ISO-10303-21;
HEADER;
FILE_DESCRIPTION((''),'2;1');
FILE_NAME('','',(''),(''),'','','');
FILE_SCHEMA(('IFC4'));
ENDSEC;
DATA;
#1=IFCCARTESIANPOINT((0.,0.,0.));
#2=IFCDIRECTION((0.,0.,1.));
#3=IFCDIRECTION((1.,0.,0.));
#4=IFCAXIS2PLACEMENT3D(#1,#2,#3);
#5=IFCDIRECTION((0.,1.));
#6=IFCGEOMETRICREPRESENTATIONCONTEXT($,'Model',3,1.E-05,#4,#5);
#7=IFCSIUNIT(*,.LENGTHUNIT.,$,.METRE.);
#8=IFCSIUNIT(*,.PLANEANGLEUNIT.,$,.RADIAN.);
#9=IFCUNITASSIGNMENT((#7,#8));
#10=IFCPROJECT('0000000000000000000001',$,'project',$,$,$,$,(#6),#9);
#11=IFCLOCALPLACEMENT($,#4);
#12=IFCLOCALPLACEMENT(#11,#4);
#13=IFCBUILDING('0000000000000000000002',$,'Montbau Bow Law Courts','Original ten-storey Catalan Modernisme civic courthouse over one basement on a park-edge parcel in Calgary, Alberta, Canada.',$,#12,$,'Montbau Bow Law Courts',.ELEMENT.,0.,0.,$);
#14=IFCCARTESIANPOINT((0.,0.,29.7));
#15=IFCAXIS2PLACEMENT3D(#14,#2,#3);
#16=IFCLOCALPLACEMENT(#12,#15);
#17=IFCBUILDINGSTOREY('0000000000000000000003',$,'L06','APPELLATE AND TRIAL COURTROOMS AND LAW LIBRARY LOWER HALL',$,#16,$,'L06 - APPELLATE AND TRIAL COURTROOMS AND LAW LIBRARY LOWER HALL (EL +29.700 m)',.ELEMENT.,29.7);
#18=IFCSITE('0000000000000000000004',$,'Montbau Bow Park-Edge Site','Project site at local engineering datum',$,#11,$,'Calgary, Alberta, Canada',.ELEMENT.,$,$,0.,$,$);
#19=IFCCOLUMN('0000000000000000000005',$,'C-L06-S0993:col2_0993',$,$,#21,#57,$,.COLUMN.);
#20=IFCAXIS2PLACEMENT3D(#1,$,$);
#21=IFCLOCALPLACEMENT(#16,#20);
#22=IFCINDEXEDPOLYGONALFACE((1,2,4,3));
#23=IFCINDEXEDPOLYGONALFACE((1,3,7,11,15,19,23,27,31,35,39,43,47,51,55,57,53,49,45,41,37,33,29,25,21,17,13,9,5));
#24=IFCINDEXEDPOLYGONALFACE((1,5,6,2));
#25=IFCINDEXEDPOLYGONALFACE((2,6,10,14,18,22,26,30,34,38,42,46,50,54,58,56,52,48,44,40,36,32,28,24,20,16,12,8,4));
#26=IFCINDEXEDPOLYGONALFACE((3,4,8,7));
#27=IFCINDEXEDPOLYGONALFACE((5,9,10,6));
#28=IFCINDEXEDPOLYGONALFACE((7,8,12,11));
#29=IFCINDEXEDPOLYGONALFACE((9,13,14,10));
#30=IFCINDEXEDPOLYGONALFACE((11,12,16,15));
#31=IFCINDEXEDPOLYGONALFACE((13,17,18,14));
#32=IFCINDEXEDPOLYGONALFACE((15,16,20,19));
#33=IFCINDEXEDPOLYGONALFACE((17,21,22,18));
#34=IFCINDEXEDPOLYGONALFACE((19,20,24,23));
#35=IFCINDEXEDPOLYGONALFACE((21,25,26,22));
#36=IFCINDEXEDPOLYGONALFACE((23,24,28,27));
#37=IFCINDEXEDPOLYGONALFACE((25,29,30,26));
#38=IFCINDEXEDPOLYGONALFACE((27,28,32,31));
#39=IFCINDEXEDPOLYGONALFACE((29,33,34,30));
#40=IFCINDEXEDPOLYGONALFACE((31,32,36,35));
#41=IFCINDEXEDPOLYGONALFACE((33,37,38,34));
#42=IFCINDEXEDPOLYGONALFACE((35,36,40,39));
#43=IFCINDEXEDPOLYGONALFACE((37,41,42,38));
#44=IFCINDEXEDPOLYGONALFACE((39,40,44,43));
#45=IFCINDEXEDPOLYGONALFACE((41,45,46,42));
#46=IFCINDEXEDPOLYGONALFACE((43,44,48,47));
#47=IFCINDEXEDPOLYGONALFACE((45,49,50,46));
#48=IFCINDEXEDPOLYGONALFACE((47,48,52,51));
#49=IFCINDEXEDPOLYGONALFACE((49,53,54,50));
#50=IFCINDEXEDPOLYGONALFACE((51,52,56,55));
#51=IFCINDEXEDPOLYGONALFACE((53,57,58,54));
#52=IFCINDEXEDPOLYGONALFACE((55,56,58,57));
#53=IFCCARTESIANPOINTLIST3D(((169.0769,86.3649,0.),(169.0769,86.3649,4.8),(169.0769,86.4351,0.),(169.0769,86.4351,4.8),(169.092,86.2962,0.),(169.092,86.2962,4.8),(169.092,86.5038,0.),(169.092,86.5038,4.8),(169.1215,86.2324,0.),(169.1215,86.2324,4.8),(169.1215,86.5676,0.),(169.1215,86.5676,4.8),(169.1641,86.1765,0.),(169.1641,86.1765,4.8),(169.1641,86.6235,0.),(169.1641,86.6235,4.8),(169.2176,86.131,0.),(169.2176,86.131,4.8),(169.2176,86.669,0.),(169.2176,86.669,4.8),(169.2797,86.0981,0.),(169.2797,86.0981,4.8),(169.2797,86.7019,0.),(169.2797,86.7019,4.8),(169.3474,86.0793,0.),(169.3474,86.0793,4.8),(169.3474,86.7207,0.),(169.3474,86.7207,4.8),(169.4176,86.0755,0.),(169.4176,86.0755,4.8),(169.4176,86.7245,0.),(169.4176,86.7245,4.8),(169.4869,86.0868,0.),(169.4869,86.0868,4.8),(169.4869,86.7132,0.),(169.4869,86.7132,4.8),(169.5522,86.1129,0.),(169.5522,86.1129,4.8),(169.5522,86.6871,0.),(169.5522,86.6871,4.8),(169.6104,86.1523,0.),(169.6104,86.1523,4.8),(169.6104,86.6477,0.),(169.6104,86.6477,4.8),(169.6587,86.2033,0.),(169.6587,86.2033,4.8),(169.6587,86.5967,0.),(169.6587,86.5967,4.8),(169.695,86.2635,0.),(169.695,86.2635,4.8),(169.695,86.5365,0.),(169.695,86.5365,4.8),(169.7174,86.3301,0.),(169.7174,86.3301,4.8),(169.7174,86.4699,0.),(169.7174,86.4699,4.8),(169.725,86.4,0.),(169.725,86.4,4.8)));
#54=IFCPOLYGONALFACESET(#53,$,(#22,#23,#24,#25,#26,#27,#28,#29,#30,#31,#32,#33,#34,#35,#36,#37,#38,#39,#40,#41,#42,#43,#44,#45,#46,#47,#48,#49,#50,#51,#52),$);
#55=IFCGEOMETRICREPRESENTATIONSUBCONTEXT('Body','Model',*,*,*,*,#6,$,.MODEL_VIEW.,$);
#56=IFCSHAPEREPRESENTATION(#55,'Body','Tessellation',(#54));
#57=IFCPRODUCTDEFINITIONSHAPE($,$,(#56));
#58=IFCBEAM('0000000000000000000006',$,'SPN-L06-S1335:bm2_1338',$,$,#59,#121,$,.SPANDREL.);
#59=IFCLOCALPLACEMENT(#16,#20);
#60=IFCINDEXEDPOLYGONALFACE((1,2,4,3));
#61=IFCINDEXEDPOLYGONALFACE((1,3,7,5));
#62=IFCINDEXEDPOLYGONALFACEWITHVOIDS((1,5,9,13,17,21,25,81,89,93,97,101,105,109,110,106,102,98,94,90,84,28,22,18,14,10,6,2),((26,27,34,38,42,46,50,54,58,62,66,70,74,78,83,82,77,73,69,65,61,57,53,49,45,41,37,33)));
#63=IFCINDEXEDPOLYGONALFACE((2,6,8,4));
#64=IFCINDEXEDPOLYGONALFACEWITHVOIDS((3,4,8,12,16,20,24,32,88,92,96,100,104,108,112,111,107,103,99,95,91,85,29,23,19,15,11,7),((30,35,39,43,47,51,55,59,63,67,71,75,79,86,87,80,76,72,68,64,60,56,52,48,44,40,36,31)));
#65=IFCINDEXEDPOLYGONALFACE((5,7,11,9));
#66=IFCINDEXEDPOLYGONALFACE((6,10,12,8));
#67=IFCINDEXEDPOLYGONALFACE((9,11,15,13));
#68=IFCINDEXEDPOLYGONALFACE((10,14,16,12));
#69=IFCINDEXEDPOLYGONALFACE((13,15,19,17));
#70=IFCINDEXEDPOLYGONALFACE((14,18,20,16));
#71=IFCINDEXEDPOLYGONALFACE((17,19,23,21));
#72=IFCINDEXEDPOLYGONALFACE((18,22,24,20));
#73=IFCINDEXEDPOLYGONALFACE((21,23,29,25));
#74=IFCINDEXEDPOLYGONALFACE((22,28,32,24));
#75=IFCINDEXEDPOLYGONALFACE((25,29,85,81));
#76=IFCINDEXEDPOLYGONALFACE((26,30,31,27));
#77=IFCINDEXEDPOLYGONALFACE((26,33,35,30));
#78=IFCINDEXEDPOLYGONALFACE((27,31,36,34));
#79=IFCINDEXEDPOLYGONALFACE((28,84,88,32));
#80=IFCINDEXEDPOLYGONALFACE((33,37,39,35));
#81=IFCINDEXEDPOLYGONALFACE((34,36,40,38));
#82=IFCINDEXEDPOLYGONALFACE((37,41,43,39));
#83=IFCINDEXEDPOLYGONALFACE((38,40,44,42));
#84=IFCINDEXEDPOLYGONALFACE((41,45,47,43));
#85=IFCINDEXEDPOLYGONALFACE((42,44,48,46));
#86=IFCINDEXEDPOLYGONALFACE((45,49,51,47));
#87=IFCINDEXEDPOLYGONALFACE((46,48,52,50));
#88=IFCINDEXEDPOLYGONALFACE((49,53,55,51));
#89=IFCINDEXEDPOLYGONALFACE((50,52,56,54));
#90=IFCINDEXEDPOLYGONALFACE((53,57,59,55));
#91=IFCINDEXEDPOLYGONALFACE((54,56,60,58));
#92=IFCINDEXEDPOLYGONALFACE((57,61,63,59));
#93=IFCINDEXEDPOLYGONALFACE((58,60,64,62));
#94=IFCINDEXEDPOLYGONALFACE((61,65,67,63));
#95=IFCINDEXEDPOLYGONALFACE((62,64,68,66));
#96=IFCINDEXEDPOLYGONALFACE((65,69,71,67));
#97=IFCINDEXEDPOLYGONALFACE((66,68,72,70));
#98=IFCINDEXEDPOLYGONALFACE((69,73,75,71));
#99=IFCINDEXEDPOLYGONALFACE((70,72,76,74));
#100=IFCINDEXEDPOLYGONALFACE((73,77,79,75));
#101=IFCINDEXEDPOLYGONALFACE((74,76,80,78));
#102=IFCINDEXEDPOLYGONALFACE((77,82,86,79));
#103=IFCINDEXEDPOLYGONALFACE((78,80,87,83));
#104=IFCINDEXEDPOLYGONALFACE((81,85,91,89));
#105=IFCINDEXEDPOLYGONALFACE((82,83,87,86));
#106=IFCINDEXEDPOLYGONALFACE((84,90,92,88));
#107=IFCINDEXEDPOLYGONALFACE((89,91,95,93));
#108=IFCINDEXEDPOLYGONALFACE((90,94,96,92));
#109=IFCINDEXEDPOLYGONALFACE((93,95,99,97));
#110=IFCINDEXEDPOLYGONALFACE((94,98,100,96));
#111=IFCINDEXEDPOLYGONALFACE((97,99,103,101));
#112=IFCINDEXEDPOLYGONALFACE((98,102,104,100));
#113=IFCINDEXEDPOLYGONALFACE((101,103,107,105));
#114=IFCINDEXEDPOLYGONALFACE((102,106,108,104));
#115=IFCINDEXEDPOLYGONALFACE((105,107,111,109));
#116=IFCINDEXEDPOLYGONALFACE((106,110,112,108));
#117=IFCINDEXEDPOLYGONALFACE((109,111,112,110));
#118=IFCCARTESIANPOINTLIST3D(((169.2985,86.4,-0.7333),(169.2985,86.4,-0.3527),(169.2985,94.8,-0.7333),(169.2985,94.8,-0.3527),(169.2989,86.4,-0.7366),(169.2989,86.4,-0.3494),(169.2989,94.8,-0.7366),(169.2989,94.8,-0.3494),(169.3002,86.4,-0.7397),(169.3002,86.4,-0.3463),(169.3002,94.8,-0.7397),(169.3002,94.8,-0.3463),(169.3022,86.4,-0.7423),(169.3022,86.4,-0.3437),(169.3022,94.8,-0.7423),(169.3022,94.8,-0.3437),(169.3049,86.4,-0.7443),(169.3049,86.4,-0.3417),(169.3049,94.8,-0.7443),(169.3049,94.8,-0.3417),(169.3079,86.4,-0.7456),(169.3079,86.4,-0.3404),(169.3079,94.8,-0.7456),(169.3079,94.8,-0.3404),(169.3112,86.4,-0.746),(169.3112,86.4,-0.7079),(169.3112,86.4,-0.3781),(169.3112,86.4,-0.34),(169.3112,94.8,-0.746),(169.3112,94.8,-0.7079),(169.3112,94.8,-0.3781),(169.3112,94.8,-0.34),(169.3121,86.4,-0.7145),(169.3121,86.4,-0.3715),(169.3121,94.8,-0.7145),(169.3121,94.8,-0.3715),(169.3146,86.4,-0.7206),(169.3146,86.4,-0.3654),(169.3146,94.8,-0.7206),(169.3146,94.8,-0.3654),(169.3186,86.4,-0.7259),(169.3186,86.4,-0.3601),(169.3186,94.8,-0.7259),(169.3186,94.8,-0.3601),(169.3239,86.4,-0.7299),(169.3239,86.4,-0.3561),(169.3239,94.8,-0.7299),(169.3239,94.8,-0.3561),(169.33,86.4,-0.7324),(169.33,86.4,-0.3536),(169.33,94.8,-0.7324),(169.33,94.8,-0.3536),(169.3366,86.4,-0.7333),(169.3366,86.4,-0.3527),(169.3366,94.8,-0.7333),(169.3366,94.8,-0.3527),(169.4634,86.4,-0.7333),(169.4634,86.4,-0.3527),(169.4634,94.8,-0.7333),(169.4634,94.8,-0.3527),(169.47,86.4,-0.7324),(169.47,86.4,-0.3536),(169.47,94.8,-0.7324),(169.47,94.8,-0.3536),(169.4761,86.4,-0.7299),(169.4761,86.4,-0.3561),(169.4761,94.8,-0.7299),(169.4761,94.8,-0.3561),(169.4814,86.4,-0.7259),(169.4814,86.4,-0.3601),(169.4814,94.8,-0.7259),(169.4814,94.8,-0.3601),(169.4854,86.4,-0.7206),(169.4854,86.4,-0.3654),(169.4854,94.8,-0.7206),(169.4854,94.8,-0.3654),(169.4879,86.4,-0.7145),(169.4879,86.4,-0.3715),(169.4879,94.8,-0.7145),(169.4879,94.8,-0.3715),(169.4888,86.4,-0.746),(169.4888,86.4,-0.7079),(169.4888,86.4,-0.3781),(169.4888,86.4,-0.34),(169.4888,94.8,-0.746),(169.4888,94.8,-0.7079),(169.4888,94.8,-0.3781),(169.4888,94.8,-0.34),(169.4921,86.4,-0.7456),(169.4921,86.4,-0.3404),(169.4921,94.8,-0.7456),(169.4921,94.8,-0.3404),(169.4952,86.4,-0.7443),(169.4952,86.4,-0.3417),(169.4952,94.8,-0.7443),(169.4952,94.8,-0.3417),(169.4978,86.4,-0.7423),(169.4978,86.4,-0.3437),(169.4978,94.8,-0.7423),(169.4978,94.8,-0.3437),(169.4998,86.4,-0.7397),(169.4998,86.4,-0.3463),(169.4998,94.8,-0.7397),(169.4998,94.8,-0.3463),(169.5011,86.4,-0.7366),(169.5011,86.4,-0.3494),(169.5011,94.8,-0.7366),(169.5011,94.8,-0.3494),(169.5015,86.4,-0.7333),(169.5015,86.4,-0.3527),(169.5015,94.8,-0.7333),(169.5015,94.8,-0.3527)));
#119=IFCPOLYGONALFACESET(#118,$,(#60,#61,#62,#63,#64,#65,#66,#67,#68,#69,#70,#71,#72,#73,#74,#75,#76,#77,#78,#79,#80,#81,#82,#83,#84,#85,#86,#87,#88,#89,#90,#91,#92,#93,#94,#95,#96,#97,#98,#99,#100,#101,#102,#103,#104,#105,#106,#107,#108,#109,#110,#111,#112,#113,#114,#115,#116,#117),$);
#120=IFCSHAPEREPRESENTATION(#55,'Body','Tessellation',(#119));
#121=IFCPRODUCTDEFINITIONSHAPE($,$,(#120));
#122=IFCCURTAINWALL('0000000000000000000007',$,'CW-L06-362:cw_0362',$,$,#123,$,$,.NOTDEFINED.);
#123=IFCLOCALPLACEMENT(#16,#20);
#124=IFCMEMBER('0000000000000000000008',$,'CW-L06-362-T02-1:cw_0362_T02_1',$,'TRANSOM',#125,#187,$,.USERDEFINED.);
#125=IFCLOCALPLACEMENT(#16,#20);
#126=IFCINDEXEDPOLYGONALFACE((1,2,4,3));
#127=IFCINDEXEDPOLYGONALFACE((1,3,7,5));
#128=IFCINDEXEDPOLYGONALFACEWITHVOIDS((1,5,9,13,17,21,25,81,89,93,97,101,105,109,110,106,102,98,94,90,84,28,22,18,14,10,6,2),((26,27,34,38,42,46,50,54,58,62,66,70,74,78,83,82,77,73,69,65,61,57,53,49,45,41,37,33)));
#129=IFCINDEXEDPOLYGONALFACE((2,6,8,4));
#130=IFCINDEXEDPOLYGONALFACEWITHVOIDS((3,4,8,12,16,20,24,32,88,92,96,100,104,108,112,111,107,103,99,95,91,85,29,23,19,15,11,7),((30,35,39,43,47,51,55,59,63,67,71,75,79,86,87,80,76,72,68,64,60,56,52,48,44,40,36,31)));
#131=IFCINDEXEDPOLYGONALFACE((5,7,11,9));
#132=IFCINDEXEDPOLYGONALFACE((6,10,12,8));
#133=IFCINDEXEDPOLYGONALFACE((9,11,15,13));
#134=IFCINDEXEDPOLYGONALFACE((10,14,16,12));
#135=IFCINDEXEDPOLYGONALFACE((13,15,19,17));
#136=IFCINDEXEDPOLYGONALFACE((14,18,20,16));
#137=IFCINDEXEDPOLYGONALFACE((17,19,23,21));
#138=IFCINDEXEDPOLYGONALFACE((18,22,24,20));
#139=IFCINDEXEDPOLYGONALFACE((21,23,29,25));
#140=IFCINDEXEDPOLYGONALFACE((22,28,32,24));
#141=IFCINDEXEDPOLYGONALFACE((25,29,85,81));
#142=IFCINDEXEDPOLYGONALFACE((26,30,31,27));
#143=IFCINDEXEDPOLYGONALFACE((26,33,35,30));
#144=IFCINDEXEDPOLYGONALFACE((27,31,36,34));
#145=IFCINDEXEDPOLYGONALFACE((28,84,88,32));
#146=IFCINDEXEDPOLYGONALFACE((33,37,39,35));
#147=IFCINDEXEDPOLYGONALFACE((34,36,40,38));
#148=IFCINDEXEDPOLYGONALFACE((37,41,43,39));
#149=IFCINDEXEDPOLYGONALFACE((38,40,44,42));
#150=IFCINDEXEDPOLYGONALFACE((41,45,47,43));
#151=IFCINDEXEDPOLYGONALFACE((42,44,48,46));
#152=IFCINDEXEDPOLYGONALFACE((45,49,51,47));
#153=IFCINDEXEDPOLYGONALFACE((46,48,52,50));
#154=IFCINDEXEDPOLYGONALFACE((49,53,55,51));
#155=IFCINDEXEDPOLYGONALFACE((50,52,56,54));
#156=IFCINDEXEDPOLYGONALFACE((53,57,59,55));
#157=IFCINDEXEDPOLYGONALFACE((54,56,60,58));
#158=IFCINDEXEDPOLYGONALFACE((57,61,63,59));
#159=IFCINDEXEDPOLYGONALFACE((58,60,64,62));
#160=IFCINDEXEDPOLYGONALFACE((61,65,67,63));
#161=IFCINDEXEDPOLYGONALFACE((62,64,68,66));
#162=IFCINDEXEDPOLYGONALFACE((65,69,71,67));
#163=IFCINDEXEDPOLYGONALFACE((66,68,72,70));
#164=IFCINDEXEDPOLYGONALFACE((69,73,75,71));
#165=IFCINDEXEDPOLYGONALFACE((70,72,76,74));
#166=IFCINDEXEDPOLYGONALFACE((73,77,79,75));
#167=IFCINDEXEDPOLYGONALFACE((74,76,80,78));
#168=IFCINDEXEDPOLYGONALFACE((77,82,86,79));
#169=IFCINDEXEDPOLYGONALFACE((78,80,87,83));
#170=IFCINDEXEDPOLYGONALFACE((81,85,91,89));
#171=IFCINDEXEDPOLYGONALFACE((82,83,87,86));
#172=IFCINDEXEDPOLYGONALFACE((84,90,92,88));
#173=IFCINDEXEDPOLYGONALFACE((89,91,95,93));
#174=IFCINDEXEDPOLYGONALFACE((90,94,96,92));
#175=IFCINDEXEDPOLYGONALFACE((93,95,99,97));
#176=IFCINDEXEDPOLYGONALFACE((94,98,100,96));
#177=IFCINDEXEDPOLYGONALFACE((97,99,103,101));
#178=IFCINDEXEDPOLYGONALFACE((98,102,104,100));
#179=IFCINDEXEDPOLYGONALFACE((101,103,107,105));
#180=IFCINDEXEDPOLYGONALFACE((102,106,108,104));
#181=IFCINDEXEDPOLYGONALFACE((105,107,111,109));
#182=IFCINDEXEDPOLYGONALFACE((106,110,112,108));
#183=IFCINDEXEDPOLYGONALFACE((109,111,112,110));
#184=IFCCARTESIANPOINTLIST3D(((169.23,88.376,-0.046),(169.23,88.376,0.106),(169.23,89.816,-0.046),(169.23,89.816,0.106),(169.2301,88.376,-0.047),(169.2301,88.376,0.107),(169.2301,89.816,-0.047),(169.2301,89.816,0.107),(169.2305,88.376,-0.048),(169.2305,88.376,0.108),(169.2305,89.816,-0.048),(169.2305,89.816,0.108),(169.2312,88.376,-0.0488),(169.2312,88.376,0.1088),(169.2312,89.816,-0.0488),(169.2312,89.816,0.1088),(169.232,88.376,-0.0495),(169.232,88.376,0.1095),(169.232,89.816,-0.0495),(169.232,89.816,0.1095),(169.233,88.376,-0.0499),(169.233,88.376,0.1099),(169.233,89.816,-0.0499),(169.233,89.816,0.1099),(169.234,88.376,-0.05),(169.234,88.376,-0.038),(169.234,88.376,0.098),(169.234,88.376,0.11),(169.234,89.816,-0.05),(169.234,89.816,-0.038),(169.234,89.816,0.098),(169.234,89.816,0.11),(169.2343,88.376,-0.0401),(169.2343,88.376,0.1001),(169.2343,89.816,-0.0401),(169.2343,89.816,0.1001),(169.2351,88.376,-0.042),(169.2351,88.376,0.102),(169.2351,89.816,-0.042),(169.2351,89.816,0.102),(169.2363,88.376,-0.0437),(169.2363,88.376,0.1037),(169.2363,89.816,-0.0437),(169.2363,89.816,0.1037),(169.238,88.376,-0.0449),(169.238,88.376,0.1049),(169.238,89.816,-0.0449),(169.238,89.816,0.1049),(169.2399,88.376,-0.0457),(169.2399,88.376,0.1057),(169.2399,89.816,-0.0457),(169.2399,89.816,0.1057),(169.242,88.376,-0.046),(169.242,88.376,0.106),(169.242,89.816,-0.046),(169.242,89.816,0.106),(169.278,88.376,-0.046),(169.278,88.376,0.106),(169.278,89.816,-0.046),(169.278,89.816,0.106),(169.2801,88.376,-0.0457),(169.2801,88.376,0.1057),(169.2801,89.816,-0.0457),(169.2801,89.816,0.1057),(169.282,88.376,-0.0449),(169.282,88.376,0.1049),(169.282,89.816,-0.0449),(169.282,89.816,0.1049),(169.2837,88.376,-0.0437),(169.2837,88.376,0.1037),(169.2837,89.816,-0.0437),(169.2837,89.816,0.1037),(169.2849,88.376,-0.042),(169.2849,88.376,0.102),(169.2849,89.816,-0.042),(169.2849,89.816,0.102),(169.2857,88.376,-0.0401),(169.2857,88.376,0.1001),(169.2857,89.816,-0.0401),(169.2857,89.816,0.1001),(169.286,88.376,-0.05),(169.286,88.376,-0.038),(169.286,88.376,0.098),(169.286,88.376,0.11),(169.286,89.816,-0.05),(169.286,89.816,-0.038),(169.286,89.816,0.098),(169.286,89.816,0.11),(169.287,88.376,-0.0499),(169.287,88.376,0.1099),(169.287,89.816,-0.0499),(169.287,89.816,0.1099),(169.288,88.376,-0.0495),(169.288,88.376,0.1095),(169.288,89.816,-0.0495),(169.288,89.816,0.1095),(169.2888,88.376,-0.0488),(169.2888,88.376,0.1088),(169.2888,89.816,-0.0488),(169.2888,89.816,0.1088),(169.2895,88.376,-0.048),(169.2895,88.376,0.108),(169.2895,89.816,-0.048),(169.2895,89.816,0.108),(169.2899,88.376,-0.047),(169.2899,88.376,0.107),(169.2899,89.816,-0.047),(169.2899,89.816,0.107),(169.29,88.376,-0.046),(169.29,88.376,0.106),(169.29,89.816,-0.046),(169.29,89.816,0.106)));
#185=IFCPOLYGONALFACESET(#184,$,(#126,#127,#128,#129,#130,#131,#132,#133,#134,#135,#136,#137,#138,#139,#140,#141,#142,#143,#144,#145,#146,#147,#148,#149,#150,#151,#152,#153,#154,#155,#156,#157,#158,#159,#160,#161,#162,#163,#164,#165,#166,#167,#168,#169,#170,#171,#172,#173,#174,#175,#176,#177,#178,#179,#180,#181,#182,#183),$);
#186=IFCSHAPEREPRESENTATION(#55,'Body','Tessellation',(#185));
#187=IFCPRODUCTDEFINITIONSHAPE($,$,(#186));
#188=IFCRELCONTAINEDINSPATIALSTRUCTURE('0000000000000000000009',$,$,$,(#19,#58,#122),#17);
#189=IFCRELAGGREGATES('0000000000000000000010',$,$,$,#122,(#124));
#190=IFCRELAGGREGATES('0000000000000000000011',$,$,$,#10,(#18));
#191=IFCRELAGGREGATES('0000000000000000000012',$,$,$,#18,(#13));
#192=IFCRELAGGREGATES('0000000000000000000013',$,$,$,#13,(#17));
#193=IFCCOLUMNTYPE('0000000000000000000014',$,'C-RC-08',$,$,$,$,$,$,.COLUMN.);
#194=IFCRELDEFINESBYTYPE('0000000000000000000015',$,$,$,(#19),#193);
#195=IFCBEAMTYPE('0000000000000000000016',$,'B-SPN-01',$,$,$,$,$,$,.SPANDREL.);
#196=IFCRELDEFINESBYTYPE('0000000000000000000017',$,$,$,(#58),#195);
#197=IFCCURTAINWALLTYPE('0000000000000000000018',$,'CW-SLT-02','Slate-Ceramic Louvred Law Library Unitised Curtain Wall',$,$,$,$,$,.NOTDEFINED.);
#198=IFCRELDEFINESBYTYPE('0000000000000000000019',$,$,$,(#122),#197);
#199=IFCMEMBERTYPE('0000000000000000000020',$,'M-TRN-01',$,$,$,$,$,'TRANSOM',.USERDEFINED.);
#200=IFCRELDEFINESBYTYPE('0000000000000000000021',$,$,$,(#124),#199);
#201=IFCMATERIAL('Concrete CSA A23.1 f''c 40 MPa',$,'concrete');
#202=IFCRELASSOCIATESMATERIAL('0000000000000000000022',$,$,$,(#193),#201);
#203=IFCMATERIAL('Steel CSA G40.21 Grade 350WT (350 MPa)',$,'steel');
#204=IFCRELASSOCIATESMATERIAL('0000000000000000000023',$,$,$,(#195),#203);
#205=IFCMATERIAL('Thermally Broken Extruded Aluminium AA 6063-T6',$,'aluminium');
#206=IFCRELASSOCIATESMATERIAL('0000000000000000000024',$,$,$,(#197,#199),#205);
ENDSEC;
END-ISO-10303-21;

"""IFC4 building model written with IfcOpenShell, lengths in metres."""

from ifc_helpers import new_model, si_unit, direction, frame, origin_with_axes, origin_2d_with_axis, place, context, subcontext, project, spatial, hollow_rectangle, circle, extrude, material, material_profile, profile_set, type_object, element, aggregate, save


model = new_model("IFC4")

# Units and contexts
model_context = context("Model", 3, precision=1e-05, world=origin_with_axes(), true_north=direction((0.0, 1.0)))
body_context = subcontext(model_context, "Body", "Model", "MODEL_VIEW")
ifc_project = project(units=[si_unit("LENGTHUNIT", "METRE"), si_unit("PLANEANGLEUNIT", "RADIAN")], contexts=[model_context])

# Site, building, storey
site_placement = place(None, origin_with_axes())
site = spatial("IfcSite", under=ifc_project, at=site_placement, Name="Montbau Bow Park-Edge Site", Description="Project site at local engineering datum", LongName="Calgary, Alberta, Canada", CompositionType="ELEMENT", RefElevation=0.0)
building_placement = place(site_placement, origin_with_axes())
building = spatial("IfcBuilding", under=site, at=building_placement, Name="Montbau Bow Law Courts", Description="Original ten-storey Catalan Modernisme civic courthouse over one basement on a park-edge parcel in Calgary, Alberta, Canada.", LongName="Montbau Bow Law Courts", CompositionType="ELEMENT", ElevationOfRefHeight=0.0, ElevationOfTerrain=0.0)
storey_placement = place(building_placement, frame((0.0, 0.0, 29.7), z_axis=(0.0, 0.0, 1.0), x_axis=(1.0, 0.0, 0.0)))
storey = spatial("IfcBuildingStorey", under=building, at=storey_placement, Name="L06", Description="APPELLATE AND TRIAL COURTROOMS AND LAW LIBRARY LOWER HALL", LongName="L06 - APPELLATE AND TRIAL COURTROOMS AND LAW LIBRARY LOWER HALL (EL +29.700 m)", CompositionType="ELEMENT", Elevation=29.7)

# Column
ifc_material_1 = material(Name="Concrete CSA A23.1 f'c 40 MPa", Category="concrete")
ifc_material_profile_1 = material_profile(ifc_material_1, circle(Radius=0.325, at=origin_2d_with_axis()), Name="RC650D", Category="Main", Priority=0)
ifc_profile_set_1 = profile_set([ifc_material_profile_1], Name="Concrete CSA A23.1 f'c 40 MPa")
column_type = type_object("IfcColumnType", Name="C-RC-08", PredefinedType="COLUMN", material=ifc_profile_set_1)
column_placement = place(None, frame((169.4, 86.4, 29.7), z_axis=(0.0, 0.0, 1.0), x_axis=(1.0, 0.0, 0.0)))
element("IfcColumn", 1, at=column_placement, inside=storey, type_object=column_type, Name="C-L06-S0993:col2_0993", PredefinedType="COLUMN", context=body_context, shape_type="SweptSolid", body=[
    extrude(circle(Radius=0.325, at=origin_2d_with_axis()), origin_with_axes(), (0.0, 0.0, 1.0), 4.8),
])

# Beam
ifc_material_2 = material(Name="Steel CSA G40.21 Grade 350WT (350 MPa)", Category="steel")
ifc_material_profile_2 = material_profile(ifc_material_2, hollow_rectangle(XDim=0.203, YDim=0.406, WallThickness=0.0127, InnerFilletRadius=0.0254, OuterFilletRadius=0.0127, at=origin_2d_with_axis()), Name="HSS406X203X13", Category="Main", Priority=0)
ifc_profile_set_2 = profile_set([ifc_material_profile_2], Name="Steel CSA G40.21 Grade 350WT (350 MPa)")
beam_type = type_object("IfcBeamType", Name="B-SPN-01", PredefinedType="SPANDREL", material=ifc_profile_set_2)
beam_placement = place(None, frame((169.4, 86.4, 29.157), z_axis=(0.0, 1.0, 0.0), x_axis=(-1.0, 0.0, 0.0)))
element("IfcBeam", 2, at=beam_placement, inside=storey, type_object=beam_type, Name="SPN-L06-S1335:bm2_1338", PredefinedType="SPANDREL", context=body_context, shape_type="SweptSolid", body=[
    extrude(hollow_rectangle(XDim=0.203, YDim=0.406, WallThickness=0.0127, InnerFilletRadius=0.0254, OuterFilletRadius=0.0127, at=origin_2d_with_axis()), origin_with_axes(), (0.0, 0.0, 1.0), 8.4),
])

# Curtain wall, member
ifc_material_3 = material(Name="Thermally Broken Extruded Aluminium AA 6063-T6", Category="aluminium")
curtain_wall_type = type_object("IfcCurtainWallType", Name="CW-SLT-02", Description="Slate-Ceramic Louvred Law Library Unitised Curtain Wall", PredefinedType="NOTDEFINED", material=ifc_material_3)
curtain_wall_placement = place(None, frame((169.26, 86.84, 29.7), z_axis=(0.0, 0.0, 1.0), x_axis=(1.0, 0.0, 0.0)))
curtain_wall = element("IfcCurtainWall", 3, at=curtain_wall_placement, inside=storey, type_object=curtain_wall_type, Name="CW-L06-362:cw_0362", PredefinedType="NOTDEFINED")
ifc_material_profile_3 = material_profile(ifc_material_3, hollow_rectangle(XDim=0.06, YDim=0.16, WallThickness=0.004, InnerFilletRadius=0.008, OuterFilletRadius=0.004, at=origin_2d_with_axis()), Name="CWT-160X60", Category="Main", Priority=0)
ifc_profile_set_3 = profile_set([ifc_material_profile_3], Name="Thermally Broken Extruded Aluminium AA 6063-T6")
member_type = type_object("IfcMemberType", Name="M-TRN-01", ElementType="TRANSOM", PredefinedType="USERDEFINED", material=ifc_profile_set_3)
member_1_placement = place(None, frame((169.26, 88.376, 29.73), z_axis=(0.0, 1.0, 0.0), x_axis=(-1.0, 0.0, 0.0)))
member_1 = element("IfcMember", 4, at=member_1_placement, type_object=member_type, Name="CW-L06-362-T02-1:cw_0362_T02_1", ObjectType="TRANSOM", PredefinedType="USERDEFINED", context=body_context, shape_type="SweptSolid", body=[
    extrude(hollow_rectangle(XDim=0.06, YDim=0.16, WallThickness=0.004, InnerFilletRadius=0.008, OuterFilletRadius=0.004, at=origin_2d_with_axis()), origin_with_axes(), (0.0, 0.0, 1.0), 1.44),
])
aggregate(curtain_wall, [member_1])

save(model, "model.ifc")
